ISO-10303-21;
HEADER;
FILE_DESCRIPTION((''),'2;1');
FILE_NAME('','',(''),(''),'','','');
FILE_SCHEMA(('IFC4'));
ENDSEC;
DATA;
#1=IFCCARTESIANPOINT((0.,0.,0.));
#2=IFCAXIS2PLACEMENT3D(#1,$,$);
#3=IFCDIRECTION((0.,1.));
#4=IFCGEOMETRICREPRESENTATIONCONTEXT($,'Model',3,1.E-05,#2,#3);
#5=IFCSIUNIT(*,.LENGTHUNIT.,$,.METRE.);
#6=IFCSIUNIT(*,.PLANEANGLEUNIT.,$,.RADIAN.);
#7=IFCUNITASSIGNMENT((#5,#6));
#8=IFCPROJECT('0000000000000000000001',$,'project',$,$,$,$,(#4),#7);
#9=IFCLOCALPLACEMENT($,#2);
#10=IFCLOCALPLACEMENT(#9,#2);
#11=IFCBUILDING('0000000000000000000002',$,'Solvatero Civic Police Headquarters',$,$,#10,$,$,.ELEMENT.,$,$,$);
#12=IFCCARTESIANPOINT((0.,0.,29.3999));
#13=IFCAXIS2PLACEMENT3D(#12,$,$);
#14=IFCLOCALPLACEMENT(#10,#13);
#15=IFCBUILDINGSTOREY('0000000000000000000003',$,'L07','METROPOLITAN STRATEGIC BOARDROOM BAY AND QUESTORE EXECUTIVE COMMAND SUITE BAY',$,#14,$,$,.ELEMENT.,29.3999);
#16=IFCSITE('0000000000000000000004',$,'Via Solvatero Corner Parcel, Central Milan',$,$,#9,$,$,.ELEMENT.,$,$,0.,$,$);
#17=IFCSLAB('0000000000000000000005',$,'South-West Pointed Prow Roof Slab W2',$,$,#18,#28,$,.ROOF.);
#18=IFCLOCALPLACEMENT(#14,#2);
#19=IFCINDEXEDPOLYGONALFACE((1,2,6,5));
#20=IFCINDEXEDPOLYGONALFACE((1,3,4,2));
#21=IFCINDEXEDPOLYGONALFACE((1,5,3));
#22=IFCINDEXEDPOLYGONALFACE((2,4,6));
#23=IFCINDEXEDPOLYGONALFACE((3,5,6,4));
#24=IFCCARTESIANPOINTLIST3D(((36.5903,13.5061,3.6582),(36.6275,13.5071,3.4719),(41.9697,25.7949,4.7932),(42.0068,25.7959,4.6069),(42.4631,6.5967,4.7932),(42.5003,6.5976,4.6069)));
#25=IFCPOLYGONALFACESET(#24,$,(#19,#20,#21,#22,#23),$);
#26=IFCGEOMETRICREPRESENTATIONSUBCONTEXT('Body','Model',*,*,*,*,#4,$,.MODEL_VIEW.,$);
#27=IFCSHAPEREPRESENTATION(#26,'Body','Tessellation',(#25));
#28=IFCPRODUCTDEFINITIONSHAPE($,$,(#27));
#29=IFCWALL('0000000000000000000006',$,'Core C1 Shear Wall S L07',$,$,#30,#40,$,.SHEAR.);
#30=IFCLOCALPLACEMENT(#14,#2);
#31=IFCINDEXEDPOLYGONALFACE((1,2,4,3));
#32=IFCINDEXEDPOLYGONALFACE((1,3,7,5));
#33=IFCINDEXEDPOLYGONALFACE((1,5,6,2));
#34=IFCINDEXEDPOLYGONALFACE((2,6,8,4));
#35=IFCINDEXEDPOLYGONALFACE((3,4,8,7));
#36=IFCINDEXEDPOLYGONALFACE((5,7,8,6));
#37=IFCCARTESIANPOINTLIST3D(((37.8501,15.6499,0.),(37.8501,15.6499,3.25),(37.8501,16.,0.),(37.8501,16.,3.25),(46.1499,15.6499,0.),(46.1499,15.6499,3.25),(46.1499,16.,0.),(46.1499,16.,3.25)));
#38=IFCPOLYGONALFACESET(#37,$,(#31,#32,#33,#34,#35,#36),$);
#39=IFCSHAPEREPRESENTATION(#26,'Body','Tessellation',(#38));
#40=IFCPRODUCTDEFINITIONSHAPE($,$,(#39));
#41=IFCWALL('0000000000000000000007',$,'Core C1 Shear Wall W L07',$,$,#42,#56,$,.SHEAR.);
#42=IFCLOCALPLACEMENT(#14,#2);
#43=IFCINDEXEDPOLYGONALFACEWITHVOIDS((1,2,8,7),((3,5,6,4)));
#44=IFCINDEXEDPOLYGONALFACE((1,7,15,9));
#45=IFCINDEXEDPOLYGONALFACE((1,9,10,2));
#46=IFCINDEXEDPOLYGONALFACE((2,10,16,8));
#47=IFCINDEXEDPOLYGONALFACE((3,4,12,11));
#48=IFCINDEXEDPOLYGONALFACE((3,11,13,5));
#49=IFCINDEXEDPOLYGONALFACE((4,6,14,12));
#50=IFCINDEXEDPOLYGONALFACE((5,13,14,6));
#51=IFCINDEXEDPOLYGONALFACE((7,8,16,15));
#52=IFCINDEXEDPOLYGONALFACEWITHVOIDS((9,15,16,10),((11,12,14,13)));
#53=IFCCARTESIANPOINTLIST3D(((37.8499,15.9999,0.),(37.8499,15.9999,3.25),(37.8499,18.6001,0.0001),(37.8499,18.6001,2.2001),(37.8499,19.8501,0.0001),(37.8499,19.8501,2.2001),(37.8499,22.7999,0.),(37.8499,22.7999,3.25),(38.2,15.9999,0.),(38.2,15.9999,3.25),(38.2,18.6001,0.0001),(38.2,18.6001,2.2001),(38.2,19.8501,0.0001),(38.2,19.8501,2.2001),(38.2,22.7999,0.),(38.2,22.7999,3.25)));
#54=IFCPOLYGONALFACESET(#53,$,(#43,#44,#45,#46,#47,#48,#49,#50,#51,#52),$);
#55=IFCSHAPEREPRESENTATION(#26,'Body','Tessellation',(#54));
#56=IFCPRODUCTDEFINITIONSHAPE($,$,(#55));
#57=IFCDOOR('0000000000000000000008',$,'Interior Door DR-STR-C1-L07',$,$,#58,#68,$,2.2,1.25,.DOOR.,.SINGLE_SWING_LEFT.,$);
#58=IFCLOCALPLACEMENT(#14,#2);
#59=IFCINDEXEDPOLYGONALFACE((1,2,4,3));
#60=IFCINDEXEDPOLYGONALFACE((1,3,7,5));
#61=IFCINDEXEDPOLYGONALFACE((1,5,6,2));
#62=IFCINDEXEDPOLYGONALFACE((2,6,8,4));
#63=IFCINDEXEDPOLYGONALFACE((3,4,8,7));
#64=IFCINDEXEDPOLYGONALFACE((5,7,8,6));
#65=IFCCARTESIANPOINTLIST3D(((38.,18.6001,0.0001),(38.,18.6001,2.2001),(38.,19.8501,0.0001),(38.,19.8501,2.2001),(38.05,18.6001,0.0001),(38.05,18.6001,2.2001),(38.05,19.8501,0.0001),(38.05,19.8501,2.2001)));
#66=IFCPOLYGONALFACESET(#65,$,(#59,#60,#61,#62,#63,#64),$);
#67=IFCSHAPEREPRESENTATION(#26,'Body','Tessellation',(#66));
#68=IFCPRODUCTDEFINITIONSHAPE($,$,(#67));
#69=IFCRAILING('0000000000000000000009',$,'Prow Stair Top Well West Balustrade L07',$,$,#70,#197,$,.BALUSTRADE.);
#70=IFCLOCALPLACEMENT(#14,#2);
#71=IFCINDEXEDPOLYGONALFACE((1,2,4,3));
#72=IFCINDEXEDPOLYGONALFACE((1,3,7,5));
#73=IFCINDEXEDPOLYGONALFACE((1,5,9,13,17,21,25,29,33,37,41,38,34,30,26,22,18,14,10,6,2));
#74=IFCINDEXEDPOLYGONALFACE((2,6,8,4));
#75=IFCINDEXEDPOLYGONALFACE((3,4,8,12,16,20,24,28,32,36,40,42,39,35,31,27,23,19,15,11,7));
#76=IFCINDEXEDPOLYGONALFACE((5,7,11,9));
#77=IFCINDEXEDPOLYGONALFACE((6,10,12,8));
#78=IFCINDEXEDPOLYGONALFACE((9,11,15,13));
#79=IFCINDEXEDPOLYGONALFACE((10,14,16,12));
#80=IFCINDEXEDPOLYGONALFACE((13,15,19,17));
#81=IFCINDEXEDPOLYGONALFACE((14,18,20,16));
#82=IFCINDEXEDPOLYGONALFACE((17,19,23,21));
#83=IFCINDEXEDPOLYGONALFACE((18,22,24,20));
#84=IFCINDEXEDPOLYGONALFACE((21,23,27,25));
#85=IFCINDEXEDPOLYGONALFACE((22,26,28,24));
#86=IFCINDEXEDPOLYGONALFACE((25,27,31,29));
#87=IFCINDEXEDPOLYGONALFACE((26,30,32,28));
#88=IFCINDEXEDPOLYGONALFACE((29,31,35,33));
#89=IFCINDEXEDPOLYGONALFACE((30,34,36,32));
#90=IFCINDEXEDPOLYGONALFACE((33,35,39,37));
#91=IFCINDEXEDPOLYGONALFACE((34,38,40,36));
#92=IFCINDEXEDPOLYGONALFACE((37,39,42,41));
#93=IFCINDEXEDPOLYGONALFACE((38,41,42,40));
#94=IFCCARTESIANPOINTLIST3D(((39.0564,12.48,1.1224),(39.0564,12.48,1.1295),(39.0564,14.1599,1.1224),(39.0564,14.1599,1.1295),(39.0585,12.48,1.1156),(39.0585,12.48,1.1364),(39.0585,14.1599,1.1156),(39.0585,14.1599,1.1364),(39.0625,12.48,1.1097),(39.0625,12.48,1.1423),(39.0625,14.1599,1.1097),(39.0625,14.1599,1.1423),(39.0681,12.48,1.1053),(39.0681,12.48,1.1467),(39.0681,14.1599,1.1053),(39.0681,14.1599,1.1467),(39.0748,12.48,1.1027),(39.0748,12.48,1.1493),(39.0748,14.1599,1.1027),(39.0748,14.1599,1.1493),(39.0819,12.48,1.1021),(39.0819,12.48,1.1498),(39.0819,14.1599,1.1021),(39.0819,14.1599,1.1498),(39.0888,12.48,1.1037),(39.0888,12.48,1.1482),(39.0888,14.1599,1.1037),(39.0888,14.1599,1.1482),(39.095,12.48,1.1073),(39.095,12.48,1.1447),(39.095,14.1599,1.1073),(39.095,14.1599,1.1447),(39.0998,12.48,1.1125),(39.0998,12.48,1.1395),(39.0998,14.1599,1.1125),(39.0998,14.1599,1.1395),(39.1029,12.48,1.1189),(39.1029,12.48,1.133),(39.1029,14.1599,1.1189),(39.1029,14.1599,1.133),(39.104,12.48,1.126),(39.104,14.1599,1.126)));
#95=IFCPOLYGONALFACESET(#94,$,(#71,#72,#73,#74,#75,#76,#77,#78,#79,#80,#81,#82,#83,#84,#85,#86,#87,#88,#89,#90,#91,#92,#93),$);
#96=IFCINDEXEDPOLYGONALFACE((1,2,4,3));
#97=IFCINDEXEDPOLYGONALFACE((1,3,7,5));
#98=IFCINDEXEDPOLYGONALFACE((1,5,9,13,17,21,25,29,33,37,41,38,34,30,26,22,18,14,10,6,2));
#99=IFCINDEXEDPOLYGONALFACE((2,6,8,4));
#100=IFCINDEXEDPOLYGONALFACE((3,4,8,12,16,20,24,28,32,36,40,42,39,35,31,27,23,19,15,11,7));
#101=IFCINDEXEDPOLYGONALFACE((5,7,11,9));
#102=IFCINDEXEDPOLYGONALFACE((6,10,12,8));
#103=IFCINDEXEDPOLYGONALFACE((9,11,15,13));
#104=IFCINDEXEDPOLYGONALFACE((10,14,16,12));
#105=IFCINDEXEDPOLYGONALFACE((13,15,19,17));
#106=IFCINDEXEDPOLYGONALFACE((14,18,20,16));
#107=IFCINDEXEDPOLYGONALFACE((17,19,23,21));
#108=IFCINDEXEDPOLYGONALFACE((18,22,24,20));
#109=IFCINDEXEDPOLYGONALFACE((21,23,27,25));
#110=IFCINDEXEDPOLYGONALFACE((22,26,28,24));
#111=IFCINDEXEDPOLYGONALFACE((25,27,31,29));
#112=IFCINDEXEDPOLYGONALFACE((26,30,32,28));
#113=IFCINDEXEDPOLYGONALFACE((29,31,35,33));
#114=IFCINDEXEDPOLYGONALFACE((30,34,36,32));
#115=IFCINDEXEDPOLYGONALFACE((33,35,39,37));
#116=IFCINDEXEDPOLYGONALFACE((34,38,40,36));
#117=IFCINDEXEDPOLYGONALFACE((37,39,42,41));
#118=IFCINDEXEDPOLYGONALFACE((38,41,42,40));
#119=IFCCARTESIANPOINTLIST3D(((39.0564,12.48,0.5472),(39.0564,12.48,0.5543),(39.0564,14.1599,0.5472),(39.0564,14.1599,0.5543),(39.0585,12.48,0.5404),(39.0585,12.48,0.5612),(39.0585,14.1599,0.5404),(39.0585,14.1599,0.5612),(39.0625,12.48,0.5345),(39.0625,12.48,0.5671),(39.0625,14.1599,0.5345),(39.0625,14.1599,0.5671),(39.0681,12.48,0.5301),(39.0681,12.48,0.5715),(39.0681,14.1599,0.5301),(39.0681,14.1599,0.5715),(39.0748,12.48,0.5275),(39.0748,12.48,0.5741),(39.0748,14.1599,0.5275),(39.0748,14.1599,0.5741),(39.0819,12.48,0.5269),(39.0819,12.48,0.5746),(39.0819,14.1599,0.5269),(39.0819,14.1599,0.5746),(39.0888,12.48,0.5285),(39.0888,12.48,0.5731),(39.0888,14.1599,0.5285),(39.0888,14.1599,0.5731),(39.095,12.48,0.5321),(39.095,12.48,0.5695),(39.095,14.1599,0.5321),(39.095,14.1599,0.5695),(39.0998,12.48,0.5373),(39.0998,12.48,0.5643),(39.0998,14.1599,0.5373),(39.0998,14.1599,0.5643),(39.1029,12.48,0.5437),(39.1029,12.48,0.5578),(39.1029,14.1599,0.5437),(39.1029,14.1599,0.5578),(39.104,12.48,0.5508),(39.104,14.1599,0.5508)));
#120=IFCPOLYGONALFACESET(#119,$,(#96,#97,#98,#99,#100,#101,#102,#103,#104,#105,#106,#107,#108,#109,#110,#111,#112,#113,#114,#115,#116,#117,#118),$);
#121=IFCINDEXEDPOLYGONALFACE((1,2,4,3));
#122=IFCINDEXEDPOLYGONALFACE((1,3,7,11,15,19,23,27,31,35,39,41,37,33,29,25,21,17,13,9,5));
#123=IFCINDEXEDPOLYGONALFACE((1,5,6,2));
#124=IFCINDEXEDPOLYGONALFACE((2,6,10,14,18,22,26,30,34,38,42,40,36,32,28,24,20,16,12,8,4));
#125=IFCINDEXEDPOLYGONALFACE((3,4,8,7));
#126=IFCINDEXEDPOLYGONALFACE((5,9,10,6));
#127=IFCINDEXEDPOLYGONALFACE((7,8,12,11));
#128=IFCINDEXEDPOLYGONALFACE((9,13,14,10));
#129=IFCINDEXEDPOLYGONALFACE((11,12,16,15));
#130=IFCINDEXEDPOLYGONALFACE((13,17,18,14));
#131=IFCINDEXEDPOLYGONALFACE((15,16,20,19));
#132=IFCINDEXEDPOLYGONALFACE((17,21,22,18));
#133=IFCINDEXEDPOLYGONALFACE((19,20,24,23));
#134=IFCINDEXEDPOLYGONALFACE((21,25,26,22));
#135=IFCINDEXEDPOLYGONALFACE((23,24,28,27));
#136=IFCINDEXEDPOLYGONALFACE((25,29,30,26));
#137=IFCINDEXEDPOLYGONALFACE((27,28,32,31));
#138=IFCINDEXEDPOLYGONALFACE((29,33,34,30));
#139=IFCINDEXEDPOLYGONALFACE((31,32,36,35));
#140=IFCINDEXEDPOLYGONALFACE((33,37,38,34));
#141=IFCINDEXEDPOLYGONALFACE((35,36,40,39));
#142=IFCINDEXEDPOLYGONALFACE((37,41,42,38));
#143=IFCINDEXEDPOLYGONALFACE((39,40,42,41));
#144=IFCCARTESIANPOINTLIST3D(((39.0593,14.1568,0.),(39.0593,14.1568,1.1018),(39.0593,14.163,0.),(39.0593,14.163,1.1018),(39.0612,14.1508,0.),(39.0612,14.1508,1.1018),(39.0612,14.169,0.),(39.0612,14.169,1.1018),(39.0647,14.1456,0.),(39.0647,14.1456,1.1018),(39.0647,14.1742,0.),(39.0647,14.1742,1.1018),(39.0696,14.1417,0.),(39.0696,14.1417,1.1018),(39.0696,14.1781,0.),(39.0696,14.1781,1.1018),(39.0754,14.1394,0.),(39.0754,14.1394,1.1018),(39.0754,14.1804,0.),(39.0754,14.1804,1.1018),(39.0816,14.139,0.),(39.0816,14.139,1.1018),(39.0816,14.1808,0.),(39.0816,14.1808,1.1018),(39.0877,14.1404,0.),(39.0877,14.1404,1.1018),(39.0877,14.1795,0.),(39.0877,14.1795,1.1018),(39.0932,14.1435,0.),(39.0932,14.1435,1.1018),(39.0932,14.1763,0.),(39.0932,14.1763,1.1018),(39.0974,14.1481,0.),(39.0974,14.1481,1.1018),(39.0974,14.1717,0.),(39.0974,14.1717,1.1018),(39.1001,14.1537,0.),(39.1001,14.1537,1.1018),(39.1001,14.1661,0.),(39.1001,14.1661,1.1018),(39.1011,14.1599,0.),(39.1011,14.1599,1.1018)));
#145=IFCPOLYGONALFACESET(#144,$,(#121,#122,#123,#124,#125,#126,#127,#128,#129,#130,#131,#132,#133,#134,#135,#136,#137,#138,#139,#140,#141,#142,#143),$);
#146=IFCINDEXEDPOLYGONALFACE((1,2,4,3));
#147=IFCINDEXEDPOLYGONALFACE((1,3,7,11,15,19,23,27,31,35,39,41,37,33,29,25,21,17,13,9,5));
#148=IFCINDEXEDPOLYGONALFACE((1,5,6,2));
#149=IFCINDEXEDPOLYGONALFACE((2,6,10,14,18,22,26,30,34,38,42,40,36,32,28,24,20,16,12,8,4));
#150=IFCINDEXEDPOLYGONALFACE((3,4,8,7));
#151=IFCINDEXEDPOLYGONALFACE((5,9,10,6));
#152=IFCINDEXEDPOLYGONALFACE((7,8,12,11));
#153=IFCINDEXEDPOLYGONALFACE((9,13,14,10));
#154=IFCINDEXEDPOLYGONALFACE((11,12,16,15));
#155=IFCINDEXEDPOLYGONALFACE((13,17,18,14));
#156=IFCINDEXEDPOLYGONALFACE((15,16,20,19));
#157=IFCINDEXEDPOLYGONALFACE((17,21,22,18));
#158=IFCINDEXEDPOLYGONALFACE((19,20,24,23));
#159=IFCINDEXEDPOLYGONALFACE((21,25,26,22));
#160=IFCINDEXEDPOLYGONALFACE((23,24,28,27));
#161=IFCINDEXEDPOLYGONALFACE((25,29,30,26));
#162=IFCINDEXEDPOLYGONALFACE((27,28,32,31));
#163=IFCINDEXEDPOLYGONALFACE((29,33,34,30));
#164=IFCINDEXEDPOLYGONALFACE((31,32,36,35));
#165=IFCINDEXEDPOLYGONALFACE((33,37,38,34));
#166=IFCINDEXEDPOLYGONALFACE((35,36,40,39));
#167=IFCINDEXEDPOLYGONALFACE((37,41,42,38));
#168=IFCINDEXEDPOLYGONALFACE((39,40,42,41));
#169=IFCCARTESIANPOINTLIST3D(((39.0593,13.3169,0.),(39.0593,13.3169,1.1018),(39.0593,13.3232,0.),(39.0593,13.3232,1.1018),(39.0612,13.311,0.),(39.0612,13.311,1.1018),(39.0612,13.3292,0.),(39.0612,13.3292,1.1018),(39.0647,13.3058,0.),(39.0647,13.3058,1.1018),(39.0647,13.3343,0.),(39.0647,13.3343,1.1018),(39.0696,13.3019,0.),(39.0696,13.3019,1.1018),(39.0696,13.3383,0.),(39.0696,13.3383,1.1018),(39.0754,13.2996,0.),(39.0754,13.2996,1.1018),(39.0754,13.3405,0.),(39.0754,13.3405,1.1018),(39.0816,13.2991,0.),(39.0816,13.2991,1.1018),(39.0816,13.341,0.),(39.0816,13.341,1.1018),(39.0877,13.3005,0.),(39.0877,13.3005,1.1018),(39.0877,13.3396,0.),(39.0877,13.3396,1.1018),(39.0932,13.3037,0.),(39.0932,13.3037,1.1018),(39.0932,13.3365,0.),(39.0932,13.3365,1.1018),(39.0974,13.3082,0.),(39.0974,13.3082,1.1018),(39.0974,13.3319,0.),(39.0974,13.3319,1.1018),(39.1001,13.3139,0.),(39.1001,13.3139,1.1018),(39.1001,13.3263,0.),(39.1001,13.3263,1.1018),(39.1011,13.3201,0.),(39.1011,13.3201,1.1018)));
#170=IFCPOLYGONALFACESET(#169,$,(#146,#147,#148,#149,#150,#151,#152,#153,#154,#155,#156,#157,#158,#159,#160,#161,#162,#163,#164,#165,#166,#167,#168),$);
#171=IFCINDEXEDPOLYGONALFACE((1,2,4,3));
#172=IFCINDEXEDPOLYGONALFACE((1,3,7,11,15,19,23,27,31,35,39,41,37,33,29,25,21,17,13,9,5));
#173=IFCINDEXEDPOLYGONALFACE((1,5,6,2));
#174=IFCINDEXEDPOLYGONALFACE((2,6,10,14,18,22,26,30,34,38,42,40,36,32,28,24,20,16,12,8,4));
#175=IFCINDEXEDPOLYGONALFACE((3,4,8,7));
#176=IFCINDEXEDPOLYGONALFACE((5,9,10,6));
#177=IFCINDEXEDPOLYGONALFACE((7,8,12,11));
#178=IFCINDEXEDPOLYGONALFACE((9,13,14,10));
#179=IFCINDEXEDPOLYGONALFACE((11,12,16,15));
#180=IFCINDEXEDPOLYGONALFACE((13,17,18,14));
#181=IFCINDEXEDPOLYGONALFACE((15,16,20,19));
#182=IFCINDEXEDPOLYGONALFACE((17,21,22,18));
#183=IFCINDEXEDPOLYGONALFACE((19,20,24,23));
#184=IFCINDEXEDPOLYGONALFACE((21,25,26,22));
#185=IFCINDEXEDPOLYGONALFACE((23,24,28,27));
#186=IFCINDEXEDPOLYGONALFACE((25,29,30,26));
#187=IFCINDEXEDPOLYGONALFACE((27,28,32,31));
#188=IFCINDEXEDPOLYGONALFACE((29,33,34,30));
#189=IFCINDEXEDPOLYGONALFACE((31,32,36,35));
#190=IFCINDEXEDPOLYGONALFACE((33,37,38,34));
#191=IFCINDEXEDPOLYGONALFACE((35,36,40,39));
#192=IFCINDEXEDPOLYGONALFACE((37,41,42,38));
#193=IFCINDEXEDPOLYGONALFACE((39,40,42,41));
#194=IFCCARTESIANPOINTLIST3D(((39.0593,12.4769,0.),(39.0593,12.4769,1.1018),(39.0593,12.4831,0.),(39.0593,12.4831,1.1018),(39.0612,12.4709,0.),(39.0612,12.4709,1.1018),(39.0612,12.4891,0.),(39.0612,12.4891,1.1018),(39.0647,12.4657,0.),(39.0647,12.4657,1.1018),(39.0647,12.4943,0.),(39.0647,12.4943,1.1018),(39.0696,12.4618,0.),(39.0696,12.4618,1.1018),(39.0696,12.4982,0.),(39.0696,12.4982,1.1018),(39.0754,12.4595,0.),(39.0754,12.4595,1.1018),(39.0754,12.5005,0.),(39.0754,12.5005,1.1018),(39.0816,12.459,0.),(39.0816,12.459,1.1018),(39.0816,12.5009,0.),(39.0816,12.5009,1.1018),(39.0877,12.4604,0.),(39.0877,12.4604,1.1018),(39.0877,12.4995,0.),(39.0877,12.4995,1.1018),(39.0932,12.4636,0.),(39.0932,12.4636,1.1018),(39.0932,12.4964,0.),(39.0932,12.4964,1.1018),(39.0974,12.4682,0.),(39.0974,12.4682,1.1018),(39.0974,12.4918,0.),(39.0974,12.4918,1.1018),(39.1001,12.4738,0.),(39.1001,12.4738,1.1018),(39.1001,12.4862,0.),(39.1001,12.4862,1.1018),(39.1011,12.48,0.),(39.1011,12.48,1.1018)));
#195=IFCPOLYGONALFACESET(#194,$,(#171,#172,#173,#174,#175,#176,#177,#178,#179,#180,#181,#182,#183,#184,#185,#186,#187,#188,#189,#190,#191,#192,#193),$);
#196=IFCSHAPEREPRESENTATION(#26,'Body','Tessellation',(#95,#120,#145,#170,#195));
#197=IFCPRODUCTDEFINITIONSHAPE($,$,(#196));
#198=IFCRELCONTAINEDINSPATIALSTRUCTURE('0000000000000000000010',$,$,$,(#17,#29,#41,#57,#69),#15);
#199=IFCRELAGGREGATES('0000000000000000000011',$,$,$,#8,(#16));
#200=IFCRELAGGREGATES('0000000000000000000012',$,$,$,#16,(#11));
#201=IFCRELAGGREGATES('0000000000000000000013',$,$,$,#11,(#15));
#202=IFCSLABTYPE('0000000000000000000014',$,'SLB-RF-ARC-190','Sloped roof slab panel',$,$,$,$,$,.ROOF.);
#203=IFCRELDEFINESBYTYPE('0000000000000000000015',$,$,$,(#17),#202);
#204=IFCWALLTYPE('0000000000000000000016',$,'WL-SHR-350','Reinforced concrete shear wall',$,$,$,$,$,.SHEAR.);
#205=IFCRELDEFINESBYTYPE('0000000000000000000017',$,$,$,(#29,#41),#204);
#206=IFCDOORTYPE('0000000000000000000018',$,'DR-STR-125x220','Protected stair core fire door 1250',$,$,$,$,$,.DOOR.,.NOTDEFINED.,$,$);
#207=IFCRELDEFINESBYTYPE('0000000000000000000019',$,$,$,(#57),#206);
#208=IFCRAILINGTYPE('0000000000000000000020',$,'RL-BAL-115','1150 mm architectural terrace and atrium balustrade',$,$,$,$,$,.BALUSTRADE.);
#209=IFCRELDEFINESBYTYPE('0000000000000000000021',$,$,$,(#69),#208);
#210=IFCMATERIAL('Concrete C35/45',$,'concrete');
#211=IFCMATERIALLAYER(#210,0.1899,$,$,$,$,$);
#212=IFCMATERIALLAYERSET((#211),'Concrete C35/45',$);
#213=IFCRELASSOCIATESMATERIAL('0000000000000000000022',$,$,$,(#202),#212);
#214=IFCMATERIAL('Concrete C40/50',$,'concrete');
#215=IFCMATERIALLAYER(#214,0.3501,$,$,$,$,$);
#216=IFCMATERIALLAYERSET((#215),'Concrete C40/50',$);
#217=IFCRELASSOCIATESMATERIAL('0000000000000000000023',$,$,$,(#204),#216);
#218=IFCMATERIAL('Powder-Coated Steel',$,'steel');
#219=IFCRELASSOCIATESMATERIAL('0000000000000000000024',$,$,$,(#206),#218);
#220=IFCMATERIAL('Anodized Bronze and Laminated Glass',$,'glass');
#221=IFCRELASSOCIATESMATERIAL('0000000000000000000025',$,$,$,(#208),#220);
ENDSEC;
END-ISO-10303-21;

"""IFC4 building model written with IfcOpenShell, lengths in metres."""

from ifc_helpers import new_model, si_unit, direction, frame, frame_2d, origin, origin_2d, place, context, subcontext, project, spatial, polyline, rectangle, circle, outline, extrude, material, layer, layer_set, type_object, element, fill, save


model = new_model("IFC4")

# Units and contexts
model_context = context("Model", 3, precision=1e-05, world=origin(), true_north=direction((0.0, 1.0)))
body_context = subcontext(model_context, "Body", "Model", "MODEL_VIEW")
ifc_project = project(units=[si_unit("LENGTHUNIT", "METRE"), si_unit("PLANEANGLEUNIT", "RADIAN")], contexts=[model_context])

# Site, building, storey
site_placement = place(None, origin())
site = spatial("IfcSite", under=ifc_project, at=site_placement, Name="Via Solvatero Corner Parcel, Central Milan", CompositionType="ELEMENT", RefElevation=0.0)
building_placement = place(site_placement, origin())
building = spatial("IfcBuilding", under=site, at=building_placement, Name="Solvatero Civic Police Headquarters", CompositionType="ELEMENT")
storey_placement = place(building_placement, frame((0.0, 0.0, 29.3999)))
storey = spatial("IfcBuildingStorey", under=building, at=storey_placement, Name="L07", Description="METROPOLITAN STRATEGIC BOARDROOM BAY AND QUESTORE EXECUTIVE COMMAND SUITE BAY", CompositionType="ELEMENT", Elevation=29.3999)

# Slab
ifc_material_1 = material(Name="Concrete C35/45", Category="concrete")
ifc_layer_1 = layer(ifc_material_1, 0.1899)
ifc_layer_set_1 = layer_set([ifc_layer_1], Name="Concrete C35/45")
slab_type = type_object("IfcSlabType", Name="SLB-RF-ARC-190", Description="Sloped roof slab panel", PredefinedType="ROOF", material=ifc_layer_set_1)
slab_placement = place(storey_placement, frame((36.5903, 13.5061, 3.6582), z_axis=(-0.195445, -0.005023, 0.980702), x_axis=(0.399581, 0.912813, 0.084308)))
element("IfcSlab", 1, at=slab_placement, inside=storey, type_object=slab_type, Name="South-West Pointed Prow Roof Slab W2", PredefinedType="ROOF", context=body_context, shape_type="SweptSolid", body=[
    extrude(outline(polyline([(0.0, 0.0), (13.4626, 0.0), (-3.8647, -8.2815), (0.0, 0.0)])), origin(), (0.0, 0.0, -1.0), 0.1899),
])

# Wall
ifc_material_2 = material(Name="Concrete C40/50", Category="concrete")
ifc_layer_2 = layer(ifc_material_2, 0.3501)
ifc_layer_set_2 = layer_set([ifc_layer_2], Name="Concrete C40/50")
wall_type = type_object("IfcWallType", Name="WL-SHR-350", Description="Reinforced concrete shear wall", PredefinedType="SHEAR", material=ifc_layer_set_2)
wall_1_placement = place(storey_placement, frame((37.8501, 15.825, 0.0), z_axis=(0.0, 0.0, 1.0), x_axis=(1.0, 0.0, 0.0)))
element("IfcWall", 2, at=wall_1_placement, inside=storey, type_object=wall_type, Name="Core C1 Shear Wall S L07", PredefinedType="SHEAR", context=body_context, shape_type="SweptSolid", body=[
    extrude(rectangle(XDim=8.2998, YDim=0.3501, at=frame_2d((4.1499, 0.0))), origin(), (0.0, 0.0, 1.0), 3.25),
])

# Wall, opening, door
wall_2_placement = place(storey_placement, frame((38.0249, 16.0, 0.0), z_axis=(0.0, 0.0, 1.0), x_axis=(0.0, 1.0, 0.0)))
wall_2 = element("IfcWall", 3, at=wall_2_placement, inside=storey, type_object=wall_type, Name="Core C1 Shear Wall W L07", PredefinedType="SHEAR", context=body_context, shape_type="SweptSolid", body=[
    extrude(rectangle(XDim=6.8, YDim=0.3501, at=frame_2d((3.3999, 0.0))), origin(), (0.0, 0.0, 1.0), 3.25),
])
opening_placement = place(wall_2_placement, frame((2.6001, 0.0, 0.0)))
opening = element("IfcOpeningElement", 4, at=opening_placement, cuts=wall_2, PredefinedType="OPENING", context=body_context, shape_type="SweptSolid", body=[
    extrude(rectangle(XDim=1.25, YDim=2.2, at=frame_2d((0.625, 1.1001))), frame((0.0, 0.1851, 0.0), z_axis=(0.0, -1.0, 0.0), x_axis=(1.0, 0.0, 0.0)), (0.0, 0.0, 1.0), 0.3701),
])
ifc_material_3 = material(Name="Powder-Coated Steel", Category="steel")
door_type = type_object("IfcDoorType", Name="DR-STR-125x220", Description="Protected stair core fire door 1250", OperationType="NOTDEFINED", PredefinedType="DOOR", material=ifc_material_3)
door_placement = place(opening_placement, origin())
door = element("IfcDoor", 5, at=door_placement, inside=storey, type_object=door_type, Name="Interior Door DR-STR-C1-L07", OperationType="SINGLE_SWING_LEFT", OverallHeight=2.2, OverallWidth=1.25, PredefinedType="DOOR", context=body_context, shape_type="SweptSolid", body=[
    extrude(rectangle(XDim=1.25, YDim=2.2, at=frame_2d((0.625, 1.1001))), frame((0.0, 0.0249, 0.0), z_axis=(0.0, -1.0, 0.0), x_axis=(1.0, 0.0, 0.0)), (0.0, 0.0, 1.0), 0.05),
])
fill(opening, door)

# Railing
ifc_material_4 = material(Name="Anodized Bronze and Laminated Glass", Category="glass")
railing_type_1 = type_object("IfcRailingType", Name="RL-BAL-115", Description="1150 mm architectural terrace and atrium balustrade", PredefinedType="BALUSTRADE", material=ifc_material_4)
railing_1_placement = place(storey_placement, frame((39.0801, 14.1599, 0.0)))
element("IfcRailing", 6, at=railing_1_placement, inside=storey, type_object=railing_type_1, Name="Prow Stair Top Well West Balustrade L07", PredefinedType="BALUSTRADE", context=body_context, shape_type="SweptSolid", body=[
    extrude(circle(Radius=0.0239, at=origin_2d()), frame((0.0, 0.0, 1.126), z_axis=(0.0, -1.0, 0.0), x_axis=(1.0, 0.0, 0.0)), (0.0, 0.0, 1.0), 1.6799),
    extrude(circle(Radius=0.0239, at=origin_2d()), frame((0.0, 0.0, 0.5508), z_axis=(0.0, -1.0, 0.0), x_axis=(1.0, 0.0, 0.0)), (0.0, 0.0, 1.0), 1.6799),
    extrude(circle(Radius=0.021, at=origin_2d()), origin(), (0.0, 0.0, 1.0), 1.1018),
    extrude(circle(Radius=0.021, at=origin_2d()), frame((0.0, -0.8398, 0.0)), (0.0, 0.0, 1.0), 1.1018),
    extrude(circle(Radius=0.021, at=origin_2d()), frame((0.0, -1.6799, 0.0)), (0.0, 0.0, 1.0), 1.1018),
])

save(model, "model.ifc")
